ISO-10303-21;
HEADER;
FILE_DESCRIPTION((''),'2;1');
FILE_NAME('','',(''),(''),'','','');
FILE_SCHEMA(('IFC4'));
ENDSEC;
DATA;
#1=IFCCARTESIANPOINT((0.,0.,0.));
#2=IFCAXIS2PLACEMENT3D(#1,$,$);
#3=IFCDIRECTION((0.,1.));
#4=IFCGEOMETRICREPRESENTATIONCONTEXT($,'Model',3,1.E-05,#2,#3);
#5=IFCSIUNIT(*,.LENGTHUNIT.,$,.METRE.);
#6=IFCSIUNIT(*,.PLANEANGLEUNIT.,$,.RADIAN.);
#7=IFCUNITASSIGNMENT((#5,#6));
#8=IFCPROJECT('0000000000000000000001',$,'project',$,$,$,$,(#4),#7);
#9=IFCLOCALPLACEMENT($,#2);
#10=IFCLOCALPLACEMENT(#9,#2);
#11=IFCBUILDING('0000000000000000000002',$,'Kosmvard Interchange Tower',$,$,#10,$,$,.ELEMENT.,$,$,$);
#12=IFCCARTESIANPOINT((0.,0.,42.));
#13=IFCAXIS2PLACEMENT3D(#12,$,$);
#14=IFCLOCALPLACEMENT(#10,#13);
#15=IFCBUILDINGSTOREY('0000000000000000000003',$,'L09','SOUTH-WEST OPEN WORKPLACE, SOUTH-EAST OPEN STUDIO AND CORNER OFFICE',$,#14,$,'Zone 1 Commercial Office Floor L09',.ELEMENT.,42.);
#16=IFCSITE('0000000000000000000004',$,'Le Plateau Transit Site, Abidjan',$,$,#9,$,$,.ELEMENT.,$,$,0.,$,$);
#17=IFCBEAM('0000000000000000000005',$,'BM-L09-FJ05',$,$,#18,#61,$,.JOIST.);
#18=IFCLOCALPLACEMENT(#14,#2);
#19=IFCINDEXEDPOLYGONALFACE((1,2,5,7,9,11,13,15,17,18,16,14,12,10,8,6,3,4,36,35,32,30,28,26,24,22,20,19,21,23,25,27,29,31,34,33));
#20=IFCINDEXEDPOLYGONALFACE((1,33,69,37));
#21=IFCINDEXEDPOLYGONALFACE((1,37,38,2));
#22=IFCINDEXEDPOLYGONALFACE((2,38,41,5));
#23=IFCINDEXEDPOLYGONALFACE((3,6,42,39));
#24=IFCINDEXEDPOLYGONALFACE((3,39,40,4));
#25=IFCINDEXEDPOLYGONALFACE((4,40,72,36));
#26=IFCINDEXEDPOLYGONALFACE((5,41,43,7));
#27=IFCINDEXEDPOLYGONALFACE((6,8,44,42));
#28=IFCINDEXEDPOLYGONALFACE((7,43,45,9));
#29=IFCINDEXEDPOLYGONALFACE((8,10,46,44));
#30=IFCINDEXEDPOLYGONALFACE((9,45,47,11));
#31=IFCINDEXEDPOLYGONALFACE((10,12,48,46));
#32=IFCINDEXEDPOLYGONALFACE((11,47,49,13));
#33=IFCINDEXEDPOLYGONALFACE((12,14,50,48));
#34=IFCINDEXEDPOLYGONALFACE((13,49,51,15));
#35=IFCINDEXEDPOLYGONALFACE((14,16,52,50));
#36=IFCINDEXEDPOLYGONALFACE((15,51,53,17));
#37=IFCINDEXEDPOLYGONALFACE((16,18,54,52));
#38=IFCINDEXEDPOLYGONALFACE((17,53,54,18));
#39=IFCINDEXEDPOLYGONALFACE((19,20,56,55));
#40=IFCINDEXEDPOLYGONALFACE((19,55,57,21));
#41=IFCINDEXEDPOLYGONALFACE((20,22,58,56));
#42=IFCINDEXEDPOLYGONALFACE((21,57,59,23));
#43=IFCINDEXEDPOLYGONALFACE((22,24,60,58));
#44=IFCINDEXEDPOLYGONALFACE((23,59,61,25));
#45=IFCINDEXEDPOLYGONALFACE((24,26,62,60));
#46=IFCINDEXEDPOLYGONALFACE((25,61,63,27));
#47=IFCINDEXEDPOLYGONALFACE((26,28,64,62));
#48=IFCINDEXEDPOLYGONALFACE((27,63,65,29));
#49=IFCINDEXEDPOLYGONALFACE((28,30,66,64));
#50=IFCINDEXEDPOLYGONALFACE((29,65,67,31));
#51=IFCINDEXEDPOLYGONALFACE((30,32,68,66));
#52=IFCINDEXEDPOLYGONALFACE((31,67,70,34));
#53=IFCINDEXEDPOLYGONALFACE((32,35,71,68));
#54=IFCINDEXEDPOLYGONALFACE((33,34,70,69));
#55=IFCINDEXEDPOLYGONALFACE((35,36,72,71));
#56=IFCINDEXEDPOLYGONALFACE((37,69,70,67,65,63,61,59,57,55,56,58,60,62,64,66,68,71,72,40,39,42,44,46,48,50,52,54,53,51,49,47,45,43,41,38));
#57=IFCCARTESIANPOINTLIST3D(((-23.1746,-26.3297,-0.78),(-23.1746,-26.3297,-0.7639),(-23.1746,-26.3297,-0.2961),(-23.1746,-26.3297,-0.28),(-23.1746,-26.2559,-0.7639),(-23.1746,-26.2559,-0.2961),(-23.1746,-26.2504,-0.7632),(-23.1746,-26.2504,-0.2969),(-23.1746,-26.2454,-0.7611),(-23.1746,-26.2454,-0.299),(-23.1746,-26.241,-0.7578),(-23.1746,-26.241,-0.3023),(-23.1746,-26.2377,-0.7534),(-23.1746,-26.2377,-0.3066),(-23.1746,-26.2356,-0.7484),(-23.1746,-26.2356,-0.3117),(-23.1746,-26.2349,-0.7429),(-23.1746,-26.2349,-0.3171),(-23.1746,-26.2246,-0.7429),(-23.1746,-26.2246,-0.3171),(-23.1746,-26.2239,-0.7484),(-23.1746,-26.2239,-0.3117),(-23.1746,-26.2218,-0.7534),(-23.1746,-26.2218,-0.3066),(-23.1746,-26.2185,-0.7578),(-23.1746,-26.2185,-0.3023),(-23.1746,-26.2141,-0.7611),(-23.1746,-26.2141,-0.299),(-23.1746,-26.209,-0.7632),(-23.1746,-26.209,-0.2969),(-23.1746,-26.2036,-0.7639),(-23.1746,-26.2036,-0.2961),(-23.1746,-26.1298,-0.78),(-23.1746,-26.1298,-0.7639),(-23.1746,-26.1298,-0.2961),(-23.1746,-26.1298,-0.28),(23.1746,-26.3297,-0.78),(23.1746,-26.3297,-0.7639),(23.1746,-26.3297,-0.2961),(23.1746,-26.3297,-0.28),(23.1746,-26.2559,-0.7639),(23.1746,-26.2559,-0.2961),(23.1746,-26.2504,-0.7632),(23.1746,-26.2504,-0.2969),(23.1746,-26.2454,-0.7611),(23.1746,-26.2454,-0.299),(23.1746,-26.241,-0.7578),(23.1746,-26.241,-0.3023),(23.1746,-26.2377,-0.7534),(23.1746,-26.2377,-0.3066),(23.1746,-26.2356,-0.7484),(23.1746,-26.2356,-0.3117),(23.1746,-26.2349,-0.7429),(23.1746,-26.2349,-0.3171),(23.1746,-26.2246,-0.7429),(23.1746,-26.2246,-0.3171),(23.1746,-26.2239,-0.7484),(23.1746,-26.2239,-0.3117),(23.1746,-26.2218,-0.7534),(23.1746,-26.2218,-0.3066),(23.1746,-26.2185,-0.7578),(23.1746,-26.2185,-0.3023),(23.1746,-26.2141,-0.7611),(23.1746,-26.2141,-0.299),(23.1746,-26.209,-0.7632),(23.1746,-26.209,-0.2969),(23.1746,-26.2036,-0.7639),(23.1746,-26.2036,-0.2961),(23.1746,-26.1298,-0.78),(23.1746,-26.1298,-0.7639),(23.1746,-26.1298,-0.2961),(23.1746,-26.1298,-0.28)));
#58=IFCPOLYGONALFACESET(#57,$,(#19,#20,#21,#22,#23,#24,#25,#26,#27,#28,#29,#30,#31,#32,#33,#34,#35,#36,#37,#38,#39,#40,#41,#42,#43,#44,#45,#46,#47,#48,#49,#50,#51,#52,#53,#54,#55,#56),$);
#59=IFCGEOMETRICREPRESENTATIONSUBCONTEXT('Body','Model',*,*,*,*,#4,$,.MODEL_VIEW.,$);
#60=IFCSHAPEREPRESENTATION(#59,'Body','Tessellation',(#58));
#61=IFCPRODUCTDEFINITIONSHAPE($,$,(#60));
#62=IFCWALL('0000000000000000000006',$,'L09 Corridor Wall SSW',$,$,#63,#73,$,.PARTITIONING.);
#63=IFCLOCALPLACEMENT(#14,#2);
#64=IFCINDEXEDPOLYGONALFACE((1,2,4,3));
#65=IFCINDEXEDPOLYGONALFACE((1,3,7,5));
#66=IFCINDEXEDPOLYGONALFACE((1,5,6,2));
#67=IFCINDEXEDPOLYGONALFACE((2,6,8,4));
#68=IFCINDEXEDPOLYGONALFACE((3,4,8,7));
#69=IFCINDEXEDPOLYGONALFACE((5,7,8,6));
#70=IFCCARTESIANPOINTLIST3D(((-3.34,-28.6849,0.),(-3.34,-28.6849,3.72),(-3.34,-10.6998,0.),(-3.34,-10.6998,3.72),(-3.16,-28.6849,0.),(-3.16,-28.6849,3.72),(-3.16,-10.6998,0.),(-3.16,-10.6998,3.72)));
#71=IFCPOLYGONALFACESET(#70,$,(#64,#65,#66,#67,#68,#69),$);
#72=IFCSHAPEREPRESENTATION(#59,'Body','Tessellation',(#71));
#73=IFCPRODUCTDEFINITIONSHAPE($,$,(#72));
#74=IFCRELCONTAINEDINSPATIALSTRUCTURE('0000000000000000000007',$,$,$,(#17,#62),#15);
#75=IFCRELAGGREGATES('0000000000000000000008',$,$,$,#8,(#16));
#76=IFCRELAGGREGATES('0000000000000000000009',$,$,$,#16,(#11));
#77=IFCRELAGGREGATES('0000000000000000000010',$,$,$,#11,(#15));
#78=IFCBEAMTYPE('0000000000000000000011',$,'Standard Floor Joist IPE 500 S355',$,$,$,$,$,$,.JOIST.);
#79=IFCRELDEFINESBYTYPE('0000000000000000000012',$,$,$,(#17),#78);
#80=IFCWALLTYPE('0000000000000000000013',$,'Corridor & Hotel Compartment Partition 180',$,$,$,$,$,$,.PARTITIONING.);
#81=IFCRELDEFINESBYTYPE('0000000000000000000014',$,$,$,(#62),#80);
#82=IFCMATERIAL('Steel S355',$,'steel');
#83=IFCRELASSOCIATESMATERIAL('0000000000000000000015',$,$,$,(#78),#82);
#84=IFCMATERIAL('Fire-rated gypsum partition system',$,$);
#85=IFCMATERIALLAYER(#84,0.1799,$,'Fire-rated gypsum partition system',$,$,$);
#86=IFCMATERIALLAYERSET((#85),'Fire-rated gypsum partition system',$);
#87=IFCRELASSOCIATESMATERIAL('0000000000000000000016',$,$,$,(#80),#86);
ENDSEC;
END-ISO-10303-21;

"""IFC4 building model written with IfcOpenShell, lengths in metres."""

from ifc_helpers import new_model, si_unit, direction, frame, frame_2d, origin, origin_2d, place, context, subcontext, project, spatial, rectangle, i_section, extrude, source, transform, mapped, material, layer, layer_set, material_profile, profile_set, type_object, element, save


model = new_model("IFC4")

# Units and contexts
model_context = context("Model", 3, precision=1e-05, world=origin(), true_north=direction((0.0, 1.0)))
body_context = subcontext(model_context, "Body", "Model", "MODEL_VIEW")
ifc_project = project(units=[si_unit("LENGTHUNIT", "METRE"), si_unit("PLANEANGLEUNIT", "RADIAN")], contexts=[model_context])

# Site, building, storey
site_placement = place(None, origin())
site = spatial("IfcSite", under=ifc_project, at=site_placement, Name="Le Plateau Transit Site, Abidjan", CompositionType="ELEMENT", RefElevation=0.0)
building_placement = place(site_placement, origin())
building = spatial("IfcBuilding", under=site, at=building_placement, Name="Kosmvard Interchange Tower", CompositionType="ELEMENT")
storey_placement = place(building_placement, frame((0.0, 0.0, 42.0)))
storey = spatial("IfcBuildingStorey", under=building, at=storey_placement, Name="L09", Description="SOUTH-WEST OPEN WORKPLACE, SOUTH-EAST OPEN STUDIO AND CORNER OFFICE", LongName="Zone 1 Commercial Office Floor L09", CompositionType="ELEMENT", Elevation=42.0)

# Beam
ifc_material_1 = material(Name="Steel S355", Category="steel")
ifc_material_profile_1 = material_profile(ifc_material_1, i_section(OverallWidth=0.2, OverallDepth=0.5, WebThickness=0.0103, FlangeThickness=0.0161, FilletRadius=0.021, at=origin_2d()), Name="IPE 500")
ifc_profile_set_1 = profile_set([ifc_material_profile_1], Name="Steel S355")
beam_type_1 = type_object("IfcBeamType", Name="Standard Floor Joist IPE 500 S355", PredefinedType="JOIST", material=ifc_profile_set_1)
shared_shape_1 = source(origin(), body_context, "Body", "SweptSolid", [
    extrude(i_section(OverallWidth=0.2, OverallDepth=0.5, WebThickness=0.0103, FlangeThickness=0.0161, FilletRadius=0.021, at=origin_2d()), origin(), (0.0, 0.0, 1.0), 46.3491),
])
beam_1_placement = place(storey_placement, frame((-23.1746, -26.2297, -0.53), z_axis=(1.0, 0.0, 0.0), x_axis=(0.0, 1.0, 0.0)))
element("IfcBeam", 1, at=beam_1_placement, inside=storey, type_object=beam_type_1, Name="BM-L09-FJ05", PredefinedType="JOIST", context=body_context, shape_type="MappedRepresentation", body=[
    mapped(shared_shape_1, transform((0.0, 0.0, 0.0), scale=1.0)),
])

# Wall
ifc_material_2 = material(Name="Fire-rated gypsum partition system")
ifc_layer_1 = layer(ifc_material_2, 0.1799, Name="Fire-rated gypsum partition system")
ifc_layer_set_1 = layer_set([ifc_layer_1], Name="Fire-rated gypsum partition system")
wall_type_1 = type_object("IfcWallType", Name="Corridor & Hotel Compartment Partition 180", PredefinedType="PARTITIONING", material=ifc_layer_set_1)
wall_1_placement = place(storey_placement, frame((-3.25, -28.6851, 0.0), z_axis=(0.0, 0.0, 1.0), x_axis=(0.0, 1.0, 0.0)))
element("IfcWall", 2, at=wall_1_placement, inside=storey, type_object=wall_type_1, Name="L09 Corridor Wall SSW", PredefinedType="PARTITIONING", context=body_context, shape_type="SweptSolid", body=[
    extrude(rectangle(XDim=17.9851, YDim=0.1799, at=frame_2d((8.9927, 0.0))), origin(), (0.0, 0.0, 1.0), 3.72),
])

save(model, "model.ifc")
